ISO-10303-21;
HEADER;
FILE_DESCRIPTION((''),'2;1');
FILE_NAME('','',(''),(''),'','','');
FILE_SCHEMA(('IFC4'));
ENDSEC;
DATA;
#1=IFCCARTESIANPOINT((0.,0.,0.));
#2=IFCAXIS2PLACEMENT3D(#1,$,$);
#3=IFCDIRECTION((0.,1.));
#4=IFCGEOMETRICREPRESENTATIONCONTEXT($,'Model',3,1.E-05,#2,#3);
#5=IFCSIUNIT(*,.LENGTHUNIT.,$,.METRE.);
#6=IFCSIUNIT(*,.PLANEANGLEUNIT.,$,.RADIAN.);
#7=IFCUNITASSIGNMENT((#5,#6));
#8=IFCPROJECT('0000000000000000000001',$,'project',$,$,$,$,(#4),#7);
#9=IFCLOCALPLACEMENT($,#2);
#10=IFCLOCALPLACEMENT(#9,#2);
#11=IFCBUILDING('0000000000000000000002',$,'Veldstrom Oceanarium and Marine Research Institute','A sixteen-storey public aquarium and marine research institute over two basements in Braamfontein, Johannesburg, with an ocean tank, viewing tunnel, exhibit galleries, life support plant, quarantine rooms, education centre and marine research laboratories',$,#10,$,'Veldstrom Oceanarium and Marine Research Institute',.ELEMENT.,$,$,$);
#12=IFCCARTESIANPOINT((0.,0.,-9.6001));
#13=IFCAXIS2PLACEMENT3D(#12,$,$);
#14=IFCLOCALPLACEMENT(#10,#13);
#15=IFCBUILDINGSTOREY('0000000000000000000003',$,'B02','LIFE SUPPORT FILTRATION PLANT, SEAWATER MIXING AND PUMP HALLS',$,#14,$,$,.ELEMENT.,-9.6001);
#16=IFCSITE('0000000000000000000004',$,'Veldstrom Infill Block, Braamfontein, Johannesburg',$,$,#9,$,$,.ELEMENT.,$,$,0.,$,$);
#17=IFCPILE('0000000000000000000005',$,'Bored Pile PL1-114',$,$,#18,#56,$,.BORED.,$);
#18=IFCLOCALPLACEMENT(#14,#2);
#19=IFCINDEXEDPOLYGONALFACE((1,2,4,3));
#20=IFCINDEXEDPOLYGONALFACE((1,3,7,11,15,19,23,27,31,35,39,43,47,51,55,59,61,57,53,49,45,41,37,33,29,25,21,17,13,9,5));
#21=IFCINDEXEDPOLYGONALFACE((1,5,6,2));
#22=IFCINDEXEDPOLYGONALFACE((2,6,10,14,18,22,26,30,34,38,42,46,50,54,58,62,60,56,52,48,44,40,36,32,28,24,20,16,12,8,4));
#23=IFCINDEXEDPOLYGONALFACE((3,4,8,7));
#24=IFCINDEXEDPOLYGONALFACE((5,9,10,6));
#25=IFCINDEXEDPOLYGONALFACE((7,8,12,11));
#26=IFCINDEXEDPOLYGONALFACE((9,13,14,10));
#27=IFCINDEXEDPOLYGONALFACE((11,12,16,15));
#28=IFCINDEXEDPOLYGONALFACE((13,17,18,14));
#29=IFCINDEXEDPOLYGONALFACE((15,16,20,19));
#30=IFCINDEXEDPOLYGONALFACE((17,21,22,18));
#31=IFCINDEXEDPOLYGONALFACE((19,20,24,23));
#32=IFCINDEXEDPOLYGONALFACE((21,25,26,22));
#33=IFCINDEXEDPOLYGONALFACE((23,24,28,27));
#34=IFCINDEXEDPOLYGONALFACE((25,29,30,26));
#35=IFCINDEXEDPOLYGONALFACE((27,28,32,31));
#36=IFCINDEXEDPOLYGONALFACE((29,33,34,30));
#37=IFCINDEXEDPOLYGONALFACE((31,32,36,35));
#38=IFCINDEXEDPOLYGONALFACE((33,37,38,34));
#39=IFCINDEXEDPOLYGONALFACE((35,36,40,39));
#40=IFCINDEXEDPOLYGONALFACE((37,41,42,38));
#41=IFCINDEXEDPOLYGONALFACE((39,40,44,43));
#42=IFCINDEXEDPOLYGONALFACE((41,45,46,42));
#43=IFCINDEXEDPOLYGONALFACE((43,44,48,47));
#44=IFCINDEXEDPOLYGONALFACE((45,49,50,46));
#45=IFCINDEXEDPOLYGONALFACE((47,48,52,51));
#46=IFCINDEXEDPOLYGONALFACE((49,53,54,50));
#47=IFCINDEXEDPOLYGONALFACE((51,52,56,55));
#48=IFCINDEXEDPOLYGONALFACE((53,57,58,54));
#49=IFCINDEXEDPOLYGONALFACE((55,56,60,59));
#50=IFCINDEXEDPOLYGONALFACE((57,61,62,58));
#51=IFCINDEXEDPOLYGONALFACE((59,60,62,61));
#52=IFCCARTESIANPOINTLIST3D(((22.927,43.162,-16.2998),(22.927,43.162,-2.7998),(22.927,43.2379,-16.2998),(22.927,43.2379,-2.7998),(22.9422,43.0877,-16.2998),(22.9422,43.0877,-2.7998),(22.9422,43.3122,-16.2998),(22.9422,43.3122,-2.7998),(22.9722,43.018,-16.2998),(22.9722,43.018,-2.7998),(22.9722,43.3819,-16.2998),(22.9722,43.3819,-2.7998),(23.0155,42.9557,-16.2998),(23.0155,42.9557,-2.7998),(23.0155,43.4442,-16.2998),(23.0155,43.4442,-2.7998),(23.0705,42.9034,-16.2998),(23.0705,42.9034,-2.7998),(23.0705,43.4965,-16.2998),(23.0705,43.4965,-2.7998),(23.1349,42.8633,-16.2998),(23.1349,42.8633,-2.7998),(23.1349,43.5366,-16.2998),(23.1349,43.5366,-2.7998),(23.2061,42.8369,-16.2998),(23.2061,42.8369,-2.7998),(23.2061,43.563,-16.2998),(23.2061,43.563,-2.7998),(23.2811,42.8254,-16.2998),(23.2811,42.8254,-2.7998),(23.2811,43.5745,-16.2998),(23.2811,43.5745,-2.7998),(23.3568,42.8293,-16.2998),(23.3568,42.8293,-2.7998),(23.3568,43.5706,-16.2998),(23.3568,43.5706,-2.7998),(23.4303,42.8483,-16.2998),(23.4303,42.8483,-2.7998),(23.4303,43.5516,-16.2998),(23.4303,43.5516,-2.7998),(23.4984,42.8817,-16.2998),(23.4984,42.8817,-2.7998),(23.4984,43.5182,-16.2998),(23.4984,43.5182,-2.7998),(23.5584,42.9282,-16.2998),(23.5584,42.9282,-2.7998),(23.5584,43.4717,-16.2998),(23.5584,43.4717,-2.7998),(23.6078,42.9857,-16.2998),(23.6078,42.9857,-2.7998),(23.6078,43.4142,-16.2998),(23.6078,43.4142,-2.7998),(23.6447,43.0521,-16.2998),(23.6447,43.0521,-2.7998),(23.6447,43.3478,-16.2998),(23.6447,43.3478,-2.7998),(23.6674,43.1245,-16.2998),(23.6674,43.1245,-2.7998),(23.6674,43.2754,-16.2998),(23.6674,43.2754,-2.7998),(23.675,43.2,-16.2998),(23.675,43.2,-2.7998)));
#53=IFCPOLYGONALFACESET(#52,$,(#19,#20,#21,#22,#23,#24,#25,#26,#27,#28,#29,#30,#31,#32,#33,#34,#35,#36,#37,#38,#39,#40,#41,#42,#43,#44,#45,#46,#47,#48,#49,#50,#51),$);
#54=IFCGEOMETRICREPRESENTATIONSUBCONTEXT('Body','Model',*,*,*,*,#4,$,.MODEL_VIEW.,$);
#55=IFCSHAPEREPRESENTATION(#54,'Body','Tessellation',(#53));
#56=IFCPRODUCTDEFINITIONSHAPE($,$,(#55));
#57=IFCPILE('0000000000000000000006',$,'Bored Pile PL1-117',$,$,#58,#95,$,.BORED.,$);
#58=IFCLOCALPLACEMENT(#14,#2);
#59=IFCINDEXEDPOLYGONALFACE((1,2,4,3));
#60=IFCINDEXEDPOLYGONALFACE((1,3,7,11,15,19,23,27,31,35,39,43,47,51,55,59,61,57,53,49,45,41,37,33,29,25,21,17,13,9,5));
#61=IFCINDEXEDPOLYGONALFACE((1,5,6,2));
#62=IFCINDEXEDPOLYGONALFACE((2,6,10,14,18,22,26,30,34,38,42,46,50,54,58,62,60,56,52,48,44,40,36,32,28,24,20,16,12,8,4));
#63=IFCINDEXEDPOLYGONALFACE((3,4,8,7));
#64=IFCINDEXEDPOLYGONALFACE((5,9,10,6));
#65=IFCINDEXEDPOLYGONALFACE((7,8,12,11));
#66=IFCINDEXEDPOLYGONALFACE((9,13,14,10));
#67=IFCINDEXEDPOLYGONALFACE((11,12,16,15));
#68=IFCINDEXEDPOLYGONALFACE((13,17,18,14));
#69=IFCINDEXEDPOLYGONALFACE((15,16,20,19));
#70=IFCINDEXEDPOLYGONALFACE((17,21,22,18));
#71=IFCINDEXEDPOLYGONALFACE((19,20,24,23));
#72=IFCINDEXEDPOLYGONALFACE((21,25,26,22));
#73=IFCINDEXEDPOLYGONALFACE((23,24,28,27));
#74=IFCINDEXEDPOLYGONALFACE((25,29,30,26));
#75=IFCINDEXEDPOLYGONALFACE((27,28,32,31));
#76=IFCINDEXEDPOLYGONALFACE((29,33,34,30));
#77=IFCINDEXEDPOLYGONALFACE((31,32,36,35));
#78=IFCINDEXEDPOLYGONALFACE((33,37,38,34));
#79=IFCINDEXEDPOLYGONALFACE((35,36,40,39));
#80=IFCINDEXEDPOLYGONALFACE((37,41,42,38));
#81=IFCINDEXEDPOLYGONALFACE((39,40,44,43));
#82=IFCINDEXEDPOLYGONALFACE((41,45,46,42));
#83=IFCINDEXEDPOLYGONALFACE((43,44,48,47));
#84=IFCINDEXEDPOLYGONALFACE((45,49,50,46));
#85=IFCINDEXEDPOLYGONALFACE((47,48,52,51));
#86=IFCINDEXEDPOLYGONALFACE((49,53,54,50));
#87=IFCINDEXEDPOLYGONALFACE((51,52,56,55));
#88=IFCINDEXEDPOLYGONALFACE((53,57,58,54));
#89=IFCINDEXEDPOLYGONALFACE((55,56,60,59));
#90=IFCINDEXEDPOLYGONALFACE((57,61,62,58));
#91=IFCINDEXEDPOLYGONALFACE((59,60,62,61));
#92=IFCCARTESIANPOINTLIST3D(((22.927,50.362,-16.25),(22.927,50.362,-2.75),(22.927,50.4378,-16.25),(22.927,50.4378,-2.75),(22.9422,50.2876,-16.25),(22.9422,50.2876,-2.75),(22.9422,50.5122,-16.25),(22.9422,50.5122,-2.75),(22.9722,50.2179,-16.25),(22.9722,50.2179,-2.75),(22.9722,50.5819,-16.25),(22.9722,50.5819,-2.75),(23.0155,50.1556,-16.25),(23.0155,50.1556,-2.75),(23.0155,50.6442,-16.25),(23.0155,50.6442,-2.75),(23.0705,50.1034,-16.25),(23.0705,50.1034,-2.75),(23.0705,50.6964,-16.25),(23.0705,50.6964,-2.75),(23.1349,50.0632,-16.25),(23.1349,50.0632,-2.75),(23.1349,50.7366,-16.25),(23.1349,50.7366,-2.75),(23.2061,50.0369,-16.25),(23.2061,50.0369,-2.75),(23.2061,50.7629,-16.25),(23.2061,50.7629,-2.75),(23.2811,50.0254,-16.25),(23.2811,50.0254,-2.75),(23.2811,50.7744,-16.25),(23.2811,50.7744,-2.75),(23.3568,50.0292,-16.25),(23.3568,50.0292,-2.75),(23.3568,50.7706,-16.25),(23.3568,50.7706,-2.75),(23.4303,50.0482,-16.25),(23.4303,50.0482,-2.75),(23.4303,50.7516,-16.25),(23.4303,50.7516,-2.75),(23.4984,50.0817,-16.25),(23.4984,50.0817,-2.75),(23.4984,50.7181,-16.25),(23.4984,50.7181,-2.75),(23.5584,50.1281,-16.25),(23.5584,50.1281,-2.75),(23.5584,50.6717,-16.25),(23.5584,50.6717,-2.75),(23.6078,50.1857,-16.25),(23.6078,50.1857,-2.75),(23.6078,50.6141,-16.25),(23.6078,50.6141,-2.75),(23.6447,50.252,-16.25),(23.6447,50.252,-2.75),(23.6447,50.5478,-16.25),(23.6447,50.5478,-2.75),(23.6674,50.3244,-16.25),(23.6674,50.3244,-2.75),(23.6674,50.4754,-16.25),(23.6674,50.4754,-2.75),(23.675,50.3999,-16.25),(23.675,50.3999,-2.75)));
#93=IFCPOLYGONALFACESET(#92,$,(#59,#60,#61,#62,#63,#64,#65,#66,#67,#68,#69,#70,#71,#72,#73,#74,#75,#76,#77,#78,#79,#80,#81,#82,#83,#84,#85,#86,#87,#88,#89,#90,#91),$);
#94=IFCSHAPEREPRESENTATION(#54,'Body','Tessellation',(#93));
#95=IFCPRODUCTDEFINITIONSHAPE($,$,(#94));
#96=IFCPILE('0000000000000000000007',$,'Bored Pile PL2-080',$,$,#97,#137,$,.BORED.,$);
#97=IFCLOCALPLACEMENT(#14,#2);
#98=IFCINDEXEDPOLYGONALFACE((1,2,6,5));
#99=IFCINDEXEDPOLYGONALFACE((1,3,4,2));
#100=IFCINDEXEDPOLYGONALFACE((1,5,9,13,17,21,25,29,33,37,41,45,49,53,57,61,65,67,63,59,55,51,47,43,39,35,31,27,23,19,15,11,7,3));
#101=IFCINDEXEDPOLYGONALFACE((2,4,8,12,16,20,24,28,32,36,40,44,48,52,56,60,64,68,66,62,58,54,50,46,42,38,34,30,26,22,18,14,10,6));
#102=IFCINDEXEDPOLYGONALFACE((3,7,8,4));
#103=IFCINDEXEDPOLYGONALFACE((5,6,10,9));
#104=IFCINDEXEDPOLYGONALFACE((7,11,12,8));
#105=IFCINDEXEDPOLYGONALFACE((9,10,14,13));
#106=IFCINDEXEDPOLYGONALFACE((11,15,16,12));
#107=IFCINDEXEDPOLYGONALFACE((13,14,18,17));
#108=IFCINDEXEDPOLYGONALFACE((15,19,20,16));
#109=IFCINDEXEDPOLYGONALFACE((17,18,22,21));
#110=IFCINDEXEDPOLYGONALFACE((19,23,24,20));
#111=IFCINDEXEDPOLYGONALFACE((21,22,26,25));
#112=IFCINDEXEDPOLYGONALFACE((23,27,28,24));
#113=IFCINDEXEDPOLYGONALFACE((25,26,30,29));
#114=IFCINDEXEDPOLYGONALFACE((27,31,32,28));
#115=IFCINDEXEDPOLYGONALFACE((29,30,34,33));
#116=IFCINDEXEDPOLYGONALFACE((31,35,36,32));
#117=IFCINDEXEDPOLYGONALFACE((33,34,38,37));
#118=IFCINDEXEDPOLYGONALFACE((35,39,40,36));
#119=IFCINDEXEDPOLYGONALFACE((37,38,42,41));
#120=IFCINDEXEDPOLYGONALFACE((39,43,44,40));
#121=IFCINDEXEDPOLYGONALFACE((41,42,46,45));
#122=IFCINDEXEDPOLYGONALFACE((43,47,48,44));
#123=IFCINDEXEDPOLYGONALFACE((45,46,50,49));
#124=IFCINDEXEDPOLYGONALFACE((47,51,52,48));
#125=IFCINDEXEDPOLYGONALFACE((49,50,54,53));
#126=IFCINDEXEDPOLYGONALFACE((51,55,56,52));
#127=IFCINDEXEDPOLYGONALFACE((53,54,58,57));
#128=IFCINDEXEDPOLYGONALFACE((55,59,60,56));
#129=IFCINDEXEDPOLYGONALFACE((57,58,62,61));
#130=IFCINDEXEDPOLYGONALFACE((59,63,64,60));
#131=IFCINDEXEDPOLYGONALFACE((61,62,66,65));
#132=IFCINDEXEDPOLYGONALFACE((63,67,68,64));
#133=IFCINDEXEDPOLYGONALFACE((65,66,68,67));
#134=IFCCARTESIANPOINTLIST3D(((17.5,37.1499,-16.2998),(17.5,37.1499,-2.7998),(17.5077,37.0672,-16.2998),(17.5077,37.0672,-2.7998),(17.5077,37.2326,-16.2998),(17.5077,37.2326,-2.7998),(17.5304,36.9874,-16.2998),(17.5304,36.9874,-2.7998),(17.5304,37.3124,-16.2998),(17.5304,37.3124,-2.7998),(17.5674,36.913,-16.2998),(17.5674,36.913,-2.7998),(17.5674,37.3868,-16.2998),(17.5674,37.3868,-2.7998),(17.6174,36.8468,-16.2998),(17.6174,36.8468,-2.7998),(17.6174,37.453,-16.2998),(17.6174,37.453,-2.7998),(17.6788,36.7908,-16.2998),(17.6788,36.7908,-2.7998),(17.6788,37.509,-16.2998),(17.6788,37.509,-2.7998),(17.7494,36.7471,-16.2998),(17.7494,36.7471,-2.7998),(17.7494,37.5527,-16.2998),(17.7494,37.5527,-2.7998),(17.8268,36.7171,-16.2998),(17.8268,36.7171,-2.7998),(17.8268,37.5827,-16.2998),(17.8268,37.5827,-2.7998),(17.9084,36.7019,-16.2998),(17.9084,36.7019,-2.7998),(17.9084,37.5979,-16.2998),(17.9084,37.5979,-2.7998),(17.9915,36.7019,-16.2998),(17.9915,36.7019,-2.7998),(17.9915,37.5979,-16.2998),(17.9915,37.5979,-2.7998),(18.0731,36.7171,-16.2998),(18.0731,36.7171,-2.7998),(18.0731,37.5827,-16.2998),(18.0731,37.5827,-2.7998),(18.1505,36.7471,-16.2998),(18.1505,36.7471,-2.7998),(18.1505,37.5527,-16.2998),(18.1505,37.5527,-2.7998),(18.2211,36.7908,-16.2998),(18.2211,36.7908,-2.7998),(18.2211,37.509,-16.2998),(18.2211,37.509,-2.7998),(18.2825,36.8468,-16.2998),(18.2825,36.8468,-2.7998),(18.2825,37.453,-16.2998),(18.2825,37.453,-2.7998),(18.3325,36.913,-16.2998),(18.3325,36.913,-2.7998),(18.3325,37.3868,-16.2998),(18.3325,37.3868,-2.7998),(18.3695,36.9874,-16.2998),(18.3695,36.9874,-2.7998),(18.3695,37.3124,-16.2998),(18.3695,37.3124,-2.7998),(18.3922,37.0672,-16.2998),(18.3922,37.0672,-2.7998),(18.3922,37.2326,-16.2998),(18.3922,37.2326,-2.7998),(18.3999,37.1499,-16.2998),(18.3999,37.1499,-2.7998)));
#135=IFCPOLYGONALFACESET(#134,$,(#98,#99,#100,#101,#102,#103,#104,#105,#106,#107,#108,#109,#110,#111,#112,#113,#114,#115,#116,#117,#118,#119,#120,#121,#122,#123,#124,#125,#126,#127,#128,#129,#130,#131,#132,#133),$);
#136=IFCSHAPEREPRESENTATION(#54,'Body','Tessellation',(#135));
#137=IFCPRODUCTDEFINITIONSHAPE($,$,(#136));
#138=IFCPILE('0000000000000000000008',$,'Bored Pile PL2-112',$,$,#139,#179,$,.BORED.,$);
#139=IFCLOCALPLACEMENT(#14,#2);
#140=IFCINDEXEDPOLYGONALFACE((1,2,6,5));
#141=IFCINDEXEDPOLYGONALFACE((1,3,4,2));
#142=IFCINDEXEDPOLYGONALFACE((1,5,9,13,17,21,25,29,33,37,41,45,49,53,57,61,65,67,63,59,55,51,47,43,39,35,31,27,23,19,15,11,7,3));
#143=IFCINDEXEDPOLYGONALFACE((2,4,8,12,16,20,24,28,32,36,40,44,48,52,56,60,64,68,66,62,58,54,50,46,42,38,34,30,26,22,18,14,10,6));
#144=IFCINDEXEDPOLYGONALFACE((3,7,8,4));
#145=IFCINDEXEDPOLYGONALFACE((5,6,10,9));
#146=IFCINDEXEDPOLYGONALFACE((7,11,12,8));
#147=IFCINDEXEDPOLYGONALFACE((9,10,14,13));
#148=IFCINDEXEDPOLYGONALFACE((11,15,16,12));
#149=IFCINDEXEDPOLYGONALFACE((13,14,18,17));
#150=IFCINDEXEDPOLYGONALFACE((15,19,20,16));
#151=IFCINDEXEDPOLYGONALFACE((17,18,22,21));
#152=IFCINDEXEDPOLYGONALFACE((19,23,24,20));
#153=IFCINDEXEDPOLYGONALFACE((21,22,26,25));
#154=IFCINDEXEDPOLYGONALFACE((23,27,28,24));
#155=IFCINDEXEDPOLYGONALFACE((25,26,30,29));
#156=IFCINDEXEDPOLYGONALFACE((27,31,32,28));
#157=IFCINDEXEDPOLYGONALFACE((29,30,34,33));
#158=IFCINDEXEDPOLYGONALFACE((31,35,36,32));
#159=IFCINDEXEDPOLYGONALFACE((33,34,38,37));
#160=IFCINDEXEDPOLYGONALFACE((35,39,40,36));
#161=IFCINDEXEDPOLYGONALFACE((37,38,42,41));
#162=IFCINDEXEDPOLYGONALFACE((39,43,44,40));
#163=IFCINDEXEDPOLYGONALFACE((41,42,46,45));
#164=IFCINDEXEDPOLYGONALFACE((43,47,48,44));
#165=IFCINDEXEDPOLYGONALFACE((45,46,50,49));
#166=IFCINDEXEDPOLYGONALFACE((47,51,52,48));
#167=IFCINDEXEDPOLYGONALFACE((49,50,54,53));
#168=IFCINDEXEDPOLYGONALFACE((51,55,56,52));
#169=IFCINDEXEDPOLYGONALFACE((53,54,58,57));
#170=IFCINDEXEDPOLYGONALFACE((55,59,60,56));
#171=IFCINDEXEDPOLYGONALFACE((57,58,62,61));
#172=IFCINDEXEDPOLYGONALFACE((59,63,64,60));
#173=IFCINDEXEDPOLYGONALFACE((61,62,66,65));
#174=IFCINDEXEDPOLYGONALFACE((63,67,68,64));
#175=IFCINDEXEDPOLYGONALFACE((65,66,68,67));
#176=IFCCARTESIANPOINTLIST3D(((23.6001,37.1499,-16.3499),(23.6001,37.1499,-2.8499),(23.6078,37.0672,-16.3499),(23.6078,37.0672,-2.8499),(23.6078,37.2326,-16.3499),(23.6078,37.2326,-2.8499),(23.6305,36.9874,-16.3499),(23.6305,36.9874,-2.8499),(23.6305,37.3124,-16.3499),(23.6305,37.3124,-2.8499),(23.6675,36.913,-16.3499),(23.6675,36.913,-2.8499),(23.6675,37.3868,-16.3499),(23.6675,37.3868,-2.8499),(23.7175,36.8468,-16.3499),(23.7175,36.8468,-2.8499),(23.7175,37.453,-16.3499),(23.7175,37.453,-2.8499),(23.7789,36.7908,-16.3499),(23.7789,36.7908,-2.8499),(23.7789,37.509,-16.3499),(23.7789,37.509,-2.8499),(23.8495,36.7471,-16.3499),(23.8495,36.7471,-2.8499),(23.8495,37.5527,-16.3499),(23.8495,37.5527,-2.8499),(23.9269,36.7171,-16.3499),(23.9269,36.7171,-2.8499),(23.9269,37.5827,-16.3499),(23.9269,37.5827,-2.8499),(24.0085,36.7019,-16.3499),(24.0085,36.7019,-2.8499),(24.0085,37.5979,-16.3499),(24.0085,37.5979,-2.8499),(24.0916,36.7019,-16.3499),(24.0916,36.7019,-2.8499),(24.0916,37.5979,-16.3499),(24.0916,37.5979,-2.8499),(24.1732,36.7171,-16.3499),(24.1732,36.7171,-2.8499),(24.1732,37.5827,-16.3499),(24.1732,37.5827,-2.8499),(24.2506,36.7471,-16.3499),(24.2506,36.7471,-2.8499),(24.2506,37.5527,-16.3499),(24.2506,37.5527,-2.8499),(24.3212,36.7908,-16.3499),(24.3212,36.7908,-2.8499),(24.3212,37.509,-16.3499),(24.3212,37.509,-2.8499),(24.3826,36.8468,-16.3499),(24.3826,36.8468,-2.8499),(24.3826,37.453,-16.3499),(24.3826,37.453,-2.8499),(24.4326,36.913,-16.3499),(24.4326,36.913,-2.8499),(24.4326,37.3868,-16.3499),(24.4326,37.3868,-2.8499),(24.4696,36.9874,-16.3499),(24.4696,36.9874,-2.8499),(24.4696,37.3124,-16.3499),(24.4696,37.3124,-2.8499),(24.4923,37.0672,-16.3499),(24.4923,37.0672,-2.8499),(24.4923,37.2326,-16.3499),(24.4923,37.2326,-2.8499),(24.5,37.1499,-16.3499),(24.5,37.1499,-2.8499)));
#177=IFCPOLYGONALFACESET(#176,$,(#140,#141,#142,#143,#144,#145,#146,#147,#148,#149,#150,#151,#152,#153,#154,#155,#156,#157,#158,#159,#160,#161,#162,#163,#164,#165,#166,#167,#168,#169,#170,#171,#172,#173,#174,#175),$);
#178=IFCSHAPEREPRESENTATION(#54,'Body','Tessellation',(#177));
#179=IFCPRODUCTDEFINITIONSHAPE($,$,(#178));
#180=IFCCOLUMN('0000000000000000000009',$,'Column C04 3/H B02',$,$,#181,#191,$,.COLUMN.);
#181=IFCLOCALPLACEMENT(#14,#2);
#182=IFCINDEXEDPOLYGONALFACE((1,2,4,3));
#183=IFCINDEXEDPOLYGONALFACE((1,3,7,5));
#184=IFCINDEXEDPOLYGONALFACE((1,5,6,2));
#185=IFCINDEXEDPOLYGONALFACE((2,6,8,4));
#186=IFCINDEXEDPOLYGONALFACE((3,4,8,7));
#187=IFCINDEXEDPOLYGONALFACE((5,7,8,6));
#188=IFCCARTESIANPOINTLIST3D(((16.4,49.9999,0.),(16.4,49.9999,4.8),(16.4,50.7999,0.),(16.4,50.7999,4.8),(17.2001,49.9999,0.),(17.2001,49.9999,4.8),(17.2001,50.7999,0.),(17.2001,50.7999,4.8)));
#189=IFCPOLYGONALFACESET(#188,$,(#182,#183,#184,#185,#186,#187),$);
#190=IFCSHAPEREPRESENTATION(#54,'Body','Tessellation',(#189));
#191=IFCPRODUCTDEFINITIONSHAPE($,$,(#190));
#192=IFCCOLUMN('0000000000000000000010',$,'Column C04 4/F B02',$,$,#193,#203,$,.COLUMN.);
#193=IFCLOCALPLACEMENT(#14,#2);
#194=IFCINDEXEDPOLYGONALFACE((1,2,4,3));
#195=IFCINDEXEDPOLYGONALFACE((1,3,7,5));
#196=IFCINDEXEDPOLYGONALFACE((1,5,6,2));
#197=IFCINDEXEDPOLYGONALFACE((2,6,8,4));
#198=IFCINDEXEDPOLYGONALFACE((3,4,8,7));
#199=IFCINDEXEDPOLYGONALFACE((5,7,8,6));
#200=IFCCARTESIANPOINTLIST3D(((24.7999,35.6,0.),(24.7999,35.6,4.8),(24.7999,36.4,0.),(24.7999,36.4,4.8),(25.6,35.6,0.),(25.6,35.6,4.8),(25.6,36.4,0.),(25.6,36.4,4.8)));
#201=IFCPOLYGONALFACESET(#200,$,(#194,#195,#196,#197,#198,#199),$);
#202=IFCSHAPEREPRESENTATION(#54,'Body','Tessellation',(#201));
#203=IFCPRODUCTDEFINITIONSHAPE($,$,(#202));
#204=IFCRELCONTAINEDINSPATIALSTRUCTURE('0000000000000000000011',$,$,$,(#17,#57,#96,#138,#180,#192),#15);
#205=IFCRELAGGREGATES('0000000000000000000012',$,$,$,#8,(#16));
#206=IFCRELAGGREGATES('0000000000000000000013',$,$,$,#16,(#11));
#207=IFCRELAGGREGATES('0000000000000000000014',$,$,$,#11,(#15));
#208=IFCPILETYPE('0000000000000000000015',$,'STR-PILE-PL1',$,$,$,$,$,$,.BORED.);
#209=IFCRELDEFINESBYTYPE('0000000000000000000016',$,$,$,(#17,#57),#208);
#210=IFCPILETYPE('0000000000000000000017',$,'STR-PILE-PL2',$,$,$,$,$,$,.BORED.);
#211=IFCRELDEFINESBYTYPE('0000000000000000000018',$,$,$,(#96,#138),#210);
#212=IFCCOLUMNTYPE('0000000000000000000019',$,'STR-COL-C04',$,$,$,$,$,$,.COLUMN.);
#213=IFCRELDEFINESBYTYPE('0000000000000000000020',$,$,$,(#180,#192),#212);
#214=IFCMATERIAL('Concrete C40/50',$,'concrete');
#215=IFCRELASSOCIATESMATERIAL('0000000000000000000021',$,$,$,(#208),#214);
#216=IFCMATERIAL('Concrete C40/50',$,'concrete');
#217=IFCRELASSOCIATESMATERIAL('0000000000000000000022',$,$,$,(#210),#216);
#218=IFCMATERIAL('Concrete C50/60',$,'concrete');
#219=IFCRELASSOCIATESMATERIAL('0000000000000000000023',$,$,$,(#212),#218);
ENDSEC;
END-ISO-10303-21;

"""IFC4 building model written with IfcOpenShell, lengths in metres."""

from ifc_helpers import new_model, si_unit, direction, frame, origin, origin_2d, place, context, subcontext, project, spatial, rectangle, circle, extrude, material, material_profile, profile_set, type_object, element, save


model = new_model("IFC4")

# Units and contexts
model_context = context("Model", 3, precision=1e-05, world=origin(), true_north=direction((0.0, 1.0)))
body_context = subcontext(model_context, "Body", "Model", "MODEL_VIEW")
ifc_project = project(units=[si_unit("LENGTHUNIT", "METRE"), si_unit("PLANEANGLEUNIT", "RADIAN")], contexts=[model_context])

# Site, building, storey
site_placement = place(None, origin())
site = spatial("IfcSite", under=ifc_project, at=site_placement, Name="Veldstrom Infill Block, Braamfontein, Johannesburg", CompositionType="ELEMENT", RefElevation=0.0)
building_placement = place(site_placement, origin())
building = spatial("IfcBuilding", under=site, at=building_placement, Name="Veldstrom Oceanarium and Marine Research Institute", Description="A sixteen-storey public aquarium and marine research institute over two basements in Braamfontein, Johannesburg, with an ocean tank, viewing tunnel, exhibit galleries, life support plant, quarantine rooms, education centre and marine research laboratories", LongName="Veldstrom Oceanarium and Marine Research Institute", CompositionType="ELEMENT")
storey_placement = place(building_placement, frame((0.0, 0.0, -9.6001)))
storey = spatial("IfcBuildingStorey", under=building, at=storey_placement, Name="B02", Description="LIFE SUPPORT FILTRATION PLANT, SEAWATER MIXING AND PUMP HALLS", CompositionType="ELEMENT", Elevation=-9.6001)

# Piles
ifc_material_1 = material(Name="Concrete C40/50", Category="concrete")
ifc_material_profile_1 = material_profile(ifc_material_1, circle(Radius=0.375, at=origin_2d()), Name="PILE-D750")
ifc_profile_set_1 = profile_set([ifc_material_profile_1], Name="Concrete C40/50")
pile_type_1 = type_object("IfcPileType", Name="STR-PILE-PL1", PredefinedType="BORED", material=ifc_profile_set_1)
for number, where, z_axis, x_axis, name in (
    (1, (23.3, 43.2, -2.7998), (0.0, 0.0, -1.0), (1.0, 0.0, 0.0), "Bored Pile PL1-114"),
    (2, (23.3, 50.3999, -2.75), (0.0, 0.0, -1.0), (1.0, 0.0, 0.0), "Bored Pile PL1-117"),
):
    element("IfcPile", number, at=place(storey_placement, frame(where, z_axis=z_axis, x_axis=x_axis)), inside=storey, type_object=pile_type_1, Name=name, PredefinedType="BORED", context=body_context, shape_type="SweptSolid", body=[
        extrude(circle(Radius=0.375, at=origin_2d()), origin(), (0.0, 0.0, 1.0), 13.5),
    ])
ifc_material_2 = material(Name="Concrete C40/50", Category="concrete")
ifc_material_profile_2 = material_profile(ifc_material_2, circle(Radius=0.45, at=origin_2d()), Name="PILE-D900")
ifc_profile_set_2 = profile_set([ifc_material_profile_2], Name="Concrete C40/50")
pile_type_2 = type_object("IfcPileType", Name="STR-PILE-PL2", PredefinedType="BORED", material=ifc_profile_set_2)
for number, where, z_axis, x_axis, name in (
    (3, (17.95, 37.1499, -2.7998), (0.0, 0.0, -1.0), (1.0, 0.0, 0.0), "Bored Pile PL2-080"),
    (4, (24.05, 37.1499, -2.8499), (0.0, 0.0, -1.0), (1.0, 0.0, 0.0), "Bored Pile PL2-112"),
):
    element("IfcPile", number, at=place(storey_placement, frame(where, z_axis=z_axis, x_axis=x_axis)), inside=storey, type_object=pile_type_2, Name=name, PredefinedType="BORED", context=body_context, shape_type="SweptSolid", body=[
        extrude(circle(Radius=0.45, at=origin_2d()), origin(), (0.0, 0.0, 1.0), 13.5),
    ])

# Columns
ifc_material_3 = material(Name="Concrete C50/60", Category="concrete")
ifc_material_profile_3 = material_profile(ifc_material_3, rectangle(XDim=0.8, YDim=0.8, at=origin_2d()), Name="RC-COL-800x800")
ifc_profile_set_3 = profile_set([ifc_material_profile_3], Name="Concrete C50/60")
column_type_1 = type_object("IfcColumnType", Name="STR-COL-C04", PredefinedType="COLUMN", material=ifc_profile_set_3)
for number, where, z_axis, x_axis, name in (
    (5, (16.8, 50.3999, 0.0), (0.0, 0.0, 1.0), (1.0, 0.0, 0.0), "Column C04 3/H B02"),
    (6, (25.2, 36.0, 0.0), (0.0, 0.0, 1.0), (1.0, 0.0, 0.0), "Column C04 4/F B02"),
):
    element("IfcColumn", number, at=place(storey_placement, frame(where, z_axis=z_axis, x_axis=x_axis)), inside=storey, type_object=column_type_1, Name=name, PredefinedType="COLUMN", context=body_context, shape_type="SweptSolid", body=[
        extrude(rectangle(XDim=0.8, YDim=0.8, at=origin_2d()), origin(), (0.0, 0.0, 1.0), 4.8),
    ])

save(model, "model.ifc")
